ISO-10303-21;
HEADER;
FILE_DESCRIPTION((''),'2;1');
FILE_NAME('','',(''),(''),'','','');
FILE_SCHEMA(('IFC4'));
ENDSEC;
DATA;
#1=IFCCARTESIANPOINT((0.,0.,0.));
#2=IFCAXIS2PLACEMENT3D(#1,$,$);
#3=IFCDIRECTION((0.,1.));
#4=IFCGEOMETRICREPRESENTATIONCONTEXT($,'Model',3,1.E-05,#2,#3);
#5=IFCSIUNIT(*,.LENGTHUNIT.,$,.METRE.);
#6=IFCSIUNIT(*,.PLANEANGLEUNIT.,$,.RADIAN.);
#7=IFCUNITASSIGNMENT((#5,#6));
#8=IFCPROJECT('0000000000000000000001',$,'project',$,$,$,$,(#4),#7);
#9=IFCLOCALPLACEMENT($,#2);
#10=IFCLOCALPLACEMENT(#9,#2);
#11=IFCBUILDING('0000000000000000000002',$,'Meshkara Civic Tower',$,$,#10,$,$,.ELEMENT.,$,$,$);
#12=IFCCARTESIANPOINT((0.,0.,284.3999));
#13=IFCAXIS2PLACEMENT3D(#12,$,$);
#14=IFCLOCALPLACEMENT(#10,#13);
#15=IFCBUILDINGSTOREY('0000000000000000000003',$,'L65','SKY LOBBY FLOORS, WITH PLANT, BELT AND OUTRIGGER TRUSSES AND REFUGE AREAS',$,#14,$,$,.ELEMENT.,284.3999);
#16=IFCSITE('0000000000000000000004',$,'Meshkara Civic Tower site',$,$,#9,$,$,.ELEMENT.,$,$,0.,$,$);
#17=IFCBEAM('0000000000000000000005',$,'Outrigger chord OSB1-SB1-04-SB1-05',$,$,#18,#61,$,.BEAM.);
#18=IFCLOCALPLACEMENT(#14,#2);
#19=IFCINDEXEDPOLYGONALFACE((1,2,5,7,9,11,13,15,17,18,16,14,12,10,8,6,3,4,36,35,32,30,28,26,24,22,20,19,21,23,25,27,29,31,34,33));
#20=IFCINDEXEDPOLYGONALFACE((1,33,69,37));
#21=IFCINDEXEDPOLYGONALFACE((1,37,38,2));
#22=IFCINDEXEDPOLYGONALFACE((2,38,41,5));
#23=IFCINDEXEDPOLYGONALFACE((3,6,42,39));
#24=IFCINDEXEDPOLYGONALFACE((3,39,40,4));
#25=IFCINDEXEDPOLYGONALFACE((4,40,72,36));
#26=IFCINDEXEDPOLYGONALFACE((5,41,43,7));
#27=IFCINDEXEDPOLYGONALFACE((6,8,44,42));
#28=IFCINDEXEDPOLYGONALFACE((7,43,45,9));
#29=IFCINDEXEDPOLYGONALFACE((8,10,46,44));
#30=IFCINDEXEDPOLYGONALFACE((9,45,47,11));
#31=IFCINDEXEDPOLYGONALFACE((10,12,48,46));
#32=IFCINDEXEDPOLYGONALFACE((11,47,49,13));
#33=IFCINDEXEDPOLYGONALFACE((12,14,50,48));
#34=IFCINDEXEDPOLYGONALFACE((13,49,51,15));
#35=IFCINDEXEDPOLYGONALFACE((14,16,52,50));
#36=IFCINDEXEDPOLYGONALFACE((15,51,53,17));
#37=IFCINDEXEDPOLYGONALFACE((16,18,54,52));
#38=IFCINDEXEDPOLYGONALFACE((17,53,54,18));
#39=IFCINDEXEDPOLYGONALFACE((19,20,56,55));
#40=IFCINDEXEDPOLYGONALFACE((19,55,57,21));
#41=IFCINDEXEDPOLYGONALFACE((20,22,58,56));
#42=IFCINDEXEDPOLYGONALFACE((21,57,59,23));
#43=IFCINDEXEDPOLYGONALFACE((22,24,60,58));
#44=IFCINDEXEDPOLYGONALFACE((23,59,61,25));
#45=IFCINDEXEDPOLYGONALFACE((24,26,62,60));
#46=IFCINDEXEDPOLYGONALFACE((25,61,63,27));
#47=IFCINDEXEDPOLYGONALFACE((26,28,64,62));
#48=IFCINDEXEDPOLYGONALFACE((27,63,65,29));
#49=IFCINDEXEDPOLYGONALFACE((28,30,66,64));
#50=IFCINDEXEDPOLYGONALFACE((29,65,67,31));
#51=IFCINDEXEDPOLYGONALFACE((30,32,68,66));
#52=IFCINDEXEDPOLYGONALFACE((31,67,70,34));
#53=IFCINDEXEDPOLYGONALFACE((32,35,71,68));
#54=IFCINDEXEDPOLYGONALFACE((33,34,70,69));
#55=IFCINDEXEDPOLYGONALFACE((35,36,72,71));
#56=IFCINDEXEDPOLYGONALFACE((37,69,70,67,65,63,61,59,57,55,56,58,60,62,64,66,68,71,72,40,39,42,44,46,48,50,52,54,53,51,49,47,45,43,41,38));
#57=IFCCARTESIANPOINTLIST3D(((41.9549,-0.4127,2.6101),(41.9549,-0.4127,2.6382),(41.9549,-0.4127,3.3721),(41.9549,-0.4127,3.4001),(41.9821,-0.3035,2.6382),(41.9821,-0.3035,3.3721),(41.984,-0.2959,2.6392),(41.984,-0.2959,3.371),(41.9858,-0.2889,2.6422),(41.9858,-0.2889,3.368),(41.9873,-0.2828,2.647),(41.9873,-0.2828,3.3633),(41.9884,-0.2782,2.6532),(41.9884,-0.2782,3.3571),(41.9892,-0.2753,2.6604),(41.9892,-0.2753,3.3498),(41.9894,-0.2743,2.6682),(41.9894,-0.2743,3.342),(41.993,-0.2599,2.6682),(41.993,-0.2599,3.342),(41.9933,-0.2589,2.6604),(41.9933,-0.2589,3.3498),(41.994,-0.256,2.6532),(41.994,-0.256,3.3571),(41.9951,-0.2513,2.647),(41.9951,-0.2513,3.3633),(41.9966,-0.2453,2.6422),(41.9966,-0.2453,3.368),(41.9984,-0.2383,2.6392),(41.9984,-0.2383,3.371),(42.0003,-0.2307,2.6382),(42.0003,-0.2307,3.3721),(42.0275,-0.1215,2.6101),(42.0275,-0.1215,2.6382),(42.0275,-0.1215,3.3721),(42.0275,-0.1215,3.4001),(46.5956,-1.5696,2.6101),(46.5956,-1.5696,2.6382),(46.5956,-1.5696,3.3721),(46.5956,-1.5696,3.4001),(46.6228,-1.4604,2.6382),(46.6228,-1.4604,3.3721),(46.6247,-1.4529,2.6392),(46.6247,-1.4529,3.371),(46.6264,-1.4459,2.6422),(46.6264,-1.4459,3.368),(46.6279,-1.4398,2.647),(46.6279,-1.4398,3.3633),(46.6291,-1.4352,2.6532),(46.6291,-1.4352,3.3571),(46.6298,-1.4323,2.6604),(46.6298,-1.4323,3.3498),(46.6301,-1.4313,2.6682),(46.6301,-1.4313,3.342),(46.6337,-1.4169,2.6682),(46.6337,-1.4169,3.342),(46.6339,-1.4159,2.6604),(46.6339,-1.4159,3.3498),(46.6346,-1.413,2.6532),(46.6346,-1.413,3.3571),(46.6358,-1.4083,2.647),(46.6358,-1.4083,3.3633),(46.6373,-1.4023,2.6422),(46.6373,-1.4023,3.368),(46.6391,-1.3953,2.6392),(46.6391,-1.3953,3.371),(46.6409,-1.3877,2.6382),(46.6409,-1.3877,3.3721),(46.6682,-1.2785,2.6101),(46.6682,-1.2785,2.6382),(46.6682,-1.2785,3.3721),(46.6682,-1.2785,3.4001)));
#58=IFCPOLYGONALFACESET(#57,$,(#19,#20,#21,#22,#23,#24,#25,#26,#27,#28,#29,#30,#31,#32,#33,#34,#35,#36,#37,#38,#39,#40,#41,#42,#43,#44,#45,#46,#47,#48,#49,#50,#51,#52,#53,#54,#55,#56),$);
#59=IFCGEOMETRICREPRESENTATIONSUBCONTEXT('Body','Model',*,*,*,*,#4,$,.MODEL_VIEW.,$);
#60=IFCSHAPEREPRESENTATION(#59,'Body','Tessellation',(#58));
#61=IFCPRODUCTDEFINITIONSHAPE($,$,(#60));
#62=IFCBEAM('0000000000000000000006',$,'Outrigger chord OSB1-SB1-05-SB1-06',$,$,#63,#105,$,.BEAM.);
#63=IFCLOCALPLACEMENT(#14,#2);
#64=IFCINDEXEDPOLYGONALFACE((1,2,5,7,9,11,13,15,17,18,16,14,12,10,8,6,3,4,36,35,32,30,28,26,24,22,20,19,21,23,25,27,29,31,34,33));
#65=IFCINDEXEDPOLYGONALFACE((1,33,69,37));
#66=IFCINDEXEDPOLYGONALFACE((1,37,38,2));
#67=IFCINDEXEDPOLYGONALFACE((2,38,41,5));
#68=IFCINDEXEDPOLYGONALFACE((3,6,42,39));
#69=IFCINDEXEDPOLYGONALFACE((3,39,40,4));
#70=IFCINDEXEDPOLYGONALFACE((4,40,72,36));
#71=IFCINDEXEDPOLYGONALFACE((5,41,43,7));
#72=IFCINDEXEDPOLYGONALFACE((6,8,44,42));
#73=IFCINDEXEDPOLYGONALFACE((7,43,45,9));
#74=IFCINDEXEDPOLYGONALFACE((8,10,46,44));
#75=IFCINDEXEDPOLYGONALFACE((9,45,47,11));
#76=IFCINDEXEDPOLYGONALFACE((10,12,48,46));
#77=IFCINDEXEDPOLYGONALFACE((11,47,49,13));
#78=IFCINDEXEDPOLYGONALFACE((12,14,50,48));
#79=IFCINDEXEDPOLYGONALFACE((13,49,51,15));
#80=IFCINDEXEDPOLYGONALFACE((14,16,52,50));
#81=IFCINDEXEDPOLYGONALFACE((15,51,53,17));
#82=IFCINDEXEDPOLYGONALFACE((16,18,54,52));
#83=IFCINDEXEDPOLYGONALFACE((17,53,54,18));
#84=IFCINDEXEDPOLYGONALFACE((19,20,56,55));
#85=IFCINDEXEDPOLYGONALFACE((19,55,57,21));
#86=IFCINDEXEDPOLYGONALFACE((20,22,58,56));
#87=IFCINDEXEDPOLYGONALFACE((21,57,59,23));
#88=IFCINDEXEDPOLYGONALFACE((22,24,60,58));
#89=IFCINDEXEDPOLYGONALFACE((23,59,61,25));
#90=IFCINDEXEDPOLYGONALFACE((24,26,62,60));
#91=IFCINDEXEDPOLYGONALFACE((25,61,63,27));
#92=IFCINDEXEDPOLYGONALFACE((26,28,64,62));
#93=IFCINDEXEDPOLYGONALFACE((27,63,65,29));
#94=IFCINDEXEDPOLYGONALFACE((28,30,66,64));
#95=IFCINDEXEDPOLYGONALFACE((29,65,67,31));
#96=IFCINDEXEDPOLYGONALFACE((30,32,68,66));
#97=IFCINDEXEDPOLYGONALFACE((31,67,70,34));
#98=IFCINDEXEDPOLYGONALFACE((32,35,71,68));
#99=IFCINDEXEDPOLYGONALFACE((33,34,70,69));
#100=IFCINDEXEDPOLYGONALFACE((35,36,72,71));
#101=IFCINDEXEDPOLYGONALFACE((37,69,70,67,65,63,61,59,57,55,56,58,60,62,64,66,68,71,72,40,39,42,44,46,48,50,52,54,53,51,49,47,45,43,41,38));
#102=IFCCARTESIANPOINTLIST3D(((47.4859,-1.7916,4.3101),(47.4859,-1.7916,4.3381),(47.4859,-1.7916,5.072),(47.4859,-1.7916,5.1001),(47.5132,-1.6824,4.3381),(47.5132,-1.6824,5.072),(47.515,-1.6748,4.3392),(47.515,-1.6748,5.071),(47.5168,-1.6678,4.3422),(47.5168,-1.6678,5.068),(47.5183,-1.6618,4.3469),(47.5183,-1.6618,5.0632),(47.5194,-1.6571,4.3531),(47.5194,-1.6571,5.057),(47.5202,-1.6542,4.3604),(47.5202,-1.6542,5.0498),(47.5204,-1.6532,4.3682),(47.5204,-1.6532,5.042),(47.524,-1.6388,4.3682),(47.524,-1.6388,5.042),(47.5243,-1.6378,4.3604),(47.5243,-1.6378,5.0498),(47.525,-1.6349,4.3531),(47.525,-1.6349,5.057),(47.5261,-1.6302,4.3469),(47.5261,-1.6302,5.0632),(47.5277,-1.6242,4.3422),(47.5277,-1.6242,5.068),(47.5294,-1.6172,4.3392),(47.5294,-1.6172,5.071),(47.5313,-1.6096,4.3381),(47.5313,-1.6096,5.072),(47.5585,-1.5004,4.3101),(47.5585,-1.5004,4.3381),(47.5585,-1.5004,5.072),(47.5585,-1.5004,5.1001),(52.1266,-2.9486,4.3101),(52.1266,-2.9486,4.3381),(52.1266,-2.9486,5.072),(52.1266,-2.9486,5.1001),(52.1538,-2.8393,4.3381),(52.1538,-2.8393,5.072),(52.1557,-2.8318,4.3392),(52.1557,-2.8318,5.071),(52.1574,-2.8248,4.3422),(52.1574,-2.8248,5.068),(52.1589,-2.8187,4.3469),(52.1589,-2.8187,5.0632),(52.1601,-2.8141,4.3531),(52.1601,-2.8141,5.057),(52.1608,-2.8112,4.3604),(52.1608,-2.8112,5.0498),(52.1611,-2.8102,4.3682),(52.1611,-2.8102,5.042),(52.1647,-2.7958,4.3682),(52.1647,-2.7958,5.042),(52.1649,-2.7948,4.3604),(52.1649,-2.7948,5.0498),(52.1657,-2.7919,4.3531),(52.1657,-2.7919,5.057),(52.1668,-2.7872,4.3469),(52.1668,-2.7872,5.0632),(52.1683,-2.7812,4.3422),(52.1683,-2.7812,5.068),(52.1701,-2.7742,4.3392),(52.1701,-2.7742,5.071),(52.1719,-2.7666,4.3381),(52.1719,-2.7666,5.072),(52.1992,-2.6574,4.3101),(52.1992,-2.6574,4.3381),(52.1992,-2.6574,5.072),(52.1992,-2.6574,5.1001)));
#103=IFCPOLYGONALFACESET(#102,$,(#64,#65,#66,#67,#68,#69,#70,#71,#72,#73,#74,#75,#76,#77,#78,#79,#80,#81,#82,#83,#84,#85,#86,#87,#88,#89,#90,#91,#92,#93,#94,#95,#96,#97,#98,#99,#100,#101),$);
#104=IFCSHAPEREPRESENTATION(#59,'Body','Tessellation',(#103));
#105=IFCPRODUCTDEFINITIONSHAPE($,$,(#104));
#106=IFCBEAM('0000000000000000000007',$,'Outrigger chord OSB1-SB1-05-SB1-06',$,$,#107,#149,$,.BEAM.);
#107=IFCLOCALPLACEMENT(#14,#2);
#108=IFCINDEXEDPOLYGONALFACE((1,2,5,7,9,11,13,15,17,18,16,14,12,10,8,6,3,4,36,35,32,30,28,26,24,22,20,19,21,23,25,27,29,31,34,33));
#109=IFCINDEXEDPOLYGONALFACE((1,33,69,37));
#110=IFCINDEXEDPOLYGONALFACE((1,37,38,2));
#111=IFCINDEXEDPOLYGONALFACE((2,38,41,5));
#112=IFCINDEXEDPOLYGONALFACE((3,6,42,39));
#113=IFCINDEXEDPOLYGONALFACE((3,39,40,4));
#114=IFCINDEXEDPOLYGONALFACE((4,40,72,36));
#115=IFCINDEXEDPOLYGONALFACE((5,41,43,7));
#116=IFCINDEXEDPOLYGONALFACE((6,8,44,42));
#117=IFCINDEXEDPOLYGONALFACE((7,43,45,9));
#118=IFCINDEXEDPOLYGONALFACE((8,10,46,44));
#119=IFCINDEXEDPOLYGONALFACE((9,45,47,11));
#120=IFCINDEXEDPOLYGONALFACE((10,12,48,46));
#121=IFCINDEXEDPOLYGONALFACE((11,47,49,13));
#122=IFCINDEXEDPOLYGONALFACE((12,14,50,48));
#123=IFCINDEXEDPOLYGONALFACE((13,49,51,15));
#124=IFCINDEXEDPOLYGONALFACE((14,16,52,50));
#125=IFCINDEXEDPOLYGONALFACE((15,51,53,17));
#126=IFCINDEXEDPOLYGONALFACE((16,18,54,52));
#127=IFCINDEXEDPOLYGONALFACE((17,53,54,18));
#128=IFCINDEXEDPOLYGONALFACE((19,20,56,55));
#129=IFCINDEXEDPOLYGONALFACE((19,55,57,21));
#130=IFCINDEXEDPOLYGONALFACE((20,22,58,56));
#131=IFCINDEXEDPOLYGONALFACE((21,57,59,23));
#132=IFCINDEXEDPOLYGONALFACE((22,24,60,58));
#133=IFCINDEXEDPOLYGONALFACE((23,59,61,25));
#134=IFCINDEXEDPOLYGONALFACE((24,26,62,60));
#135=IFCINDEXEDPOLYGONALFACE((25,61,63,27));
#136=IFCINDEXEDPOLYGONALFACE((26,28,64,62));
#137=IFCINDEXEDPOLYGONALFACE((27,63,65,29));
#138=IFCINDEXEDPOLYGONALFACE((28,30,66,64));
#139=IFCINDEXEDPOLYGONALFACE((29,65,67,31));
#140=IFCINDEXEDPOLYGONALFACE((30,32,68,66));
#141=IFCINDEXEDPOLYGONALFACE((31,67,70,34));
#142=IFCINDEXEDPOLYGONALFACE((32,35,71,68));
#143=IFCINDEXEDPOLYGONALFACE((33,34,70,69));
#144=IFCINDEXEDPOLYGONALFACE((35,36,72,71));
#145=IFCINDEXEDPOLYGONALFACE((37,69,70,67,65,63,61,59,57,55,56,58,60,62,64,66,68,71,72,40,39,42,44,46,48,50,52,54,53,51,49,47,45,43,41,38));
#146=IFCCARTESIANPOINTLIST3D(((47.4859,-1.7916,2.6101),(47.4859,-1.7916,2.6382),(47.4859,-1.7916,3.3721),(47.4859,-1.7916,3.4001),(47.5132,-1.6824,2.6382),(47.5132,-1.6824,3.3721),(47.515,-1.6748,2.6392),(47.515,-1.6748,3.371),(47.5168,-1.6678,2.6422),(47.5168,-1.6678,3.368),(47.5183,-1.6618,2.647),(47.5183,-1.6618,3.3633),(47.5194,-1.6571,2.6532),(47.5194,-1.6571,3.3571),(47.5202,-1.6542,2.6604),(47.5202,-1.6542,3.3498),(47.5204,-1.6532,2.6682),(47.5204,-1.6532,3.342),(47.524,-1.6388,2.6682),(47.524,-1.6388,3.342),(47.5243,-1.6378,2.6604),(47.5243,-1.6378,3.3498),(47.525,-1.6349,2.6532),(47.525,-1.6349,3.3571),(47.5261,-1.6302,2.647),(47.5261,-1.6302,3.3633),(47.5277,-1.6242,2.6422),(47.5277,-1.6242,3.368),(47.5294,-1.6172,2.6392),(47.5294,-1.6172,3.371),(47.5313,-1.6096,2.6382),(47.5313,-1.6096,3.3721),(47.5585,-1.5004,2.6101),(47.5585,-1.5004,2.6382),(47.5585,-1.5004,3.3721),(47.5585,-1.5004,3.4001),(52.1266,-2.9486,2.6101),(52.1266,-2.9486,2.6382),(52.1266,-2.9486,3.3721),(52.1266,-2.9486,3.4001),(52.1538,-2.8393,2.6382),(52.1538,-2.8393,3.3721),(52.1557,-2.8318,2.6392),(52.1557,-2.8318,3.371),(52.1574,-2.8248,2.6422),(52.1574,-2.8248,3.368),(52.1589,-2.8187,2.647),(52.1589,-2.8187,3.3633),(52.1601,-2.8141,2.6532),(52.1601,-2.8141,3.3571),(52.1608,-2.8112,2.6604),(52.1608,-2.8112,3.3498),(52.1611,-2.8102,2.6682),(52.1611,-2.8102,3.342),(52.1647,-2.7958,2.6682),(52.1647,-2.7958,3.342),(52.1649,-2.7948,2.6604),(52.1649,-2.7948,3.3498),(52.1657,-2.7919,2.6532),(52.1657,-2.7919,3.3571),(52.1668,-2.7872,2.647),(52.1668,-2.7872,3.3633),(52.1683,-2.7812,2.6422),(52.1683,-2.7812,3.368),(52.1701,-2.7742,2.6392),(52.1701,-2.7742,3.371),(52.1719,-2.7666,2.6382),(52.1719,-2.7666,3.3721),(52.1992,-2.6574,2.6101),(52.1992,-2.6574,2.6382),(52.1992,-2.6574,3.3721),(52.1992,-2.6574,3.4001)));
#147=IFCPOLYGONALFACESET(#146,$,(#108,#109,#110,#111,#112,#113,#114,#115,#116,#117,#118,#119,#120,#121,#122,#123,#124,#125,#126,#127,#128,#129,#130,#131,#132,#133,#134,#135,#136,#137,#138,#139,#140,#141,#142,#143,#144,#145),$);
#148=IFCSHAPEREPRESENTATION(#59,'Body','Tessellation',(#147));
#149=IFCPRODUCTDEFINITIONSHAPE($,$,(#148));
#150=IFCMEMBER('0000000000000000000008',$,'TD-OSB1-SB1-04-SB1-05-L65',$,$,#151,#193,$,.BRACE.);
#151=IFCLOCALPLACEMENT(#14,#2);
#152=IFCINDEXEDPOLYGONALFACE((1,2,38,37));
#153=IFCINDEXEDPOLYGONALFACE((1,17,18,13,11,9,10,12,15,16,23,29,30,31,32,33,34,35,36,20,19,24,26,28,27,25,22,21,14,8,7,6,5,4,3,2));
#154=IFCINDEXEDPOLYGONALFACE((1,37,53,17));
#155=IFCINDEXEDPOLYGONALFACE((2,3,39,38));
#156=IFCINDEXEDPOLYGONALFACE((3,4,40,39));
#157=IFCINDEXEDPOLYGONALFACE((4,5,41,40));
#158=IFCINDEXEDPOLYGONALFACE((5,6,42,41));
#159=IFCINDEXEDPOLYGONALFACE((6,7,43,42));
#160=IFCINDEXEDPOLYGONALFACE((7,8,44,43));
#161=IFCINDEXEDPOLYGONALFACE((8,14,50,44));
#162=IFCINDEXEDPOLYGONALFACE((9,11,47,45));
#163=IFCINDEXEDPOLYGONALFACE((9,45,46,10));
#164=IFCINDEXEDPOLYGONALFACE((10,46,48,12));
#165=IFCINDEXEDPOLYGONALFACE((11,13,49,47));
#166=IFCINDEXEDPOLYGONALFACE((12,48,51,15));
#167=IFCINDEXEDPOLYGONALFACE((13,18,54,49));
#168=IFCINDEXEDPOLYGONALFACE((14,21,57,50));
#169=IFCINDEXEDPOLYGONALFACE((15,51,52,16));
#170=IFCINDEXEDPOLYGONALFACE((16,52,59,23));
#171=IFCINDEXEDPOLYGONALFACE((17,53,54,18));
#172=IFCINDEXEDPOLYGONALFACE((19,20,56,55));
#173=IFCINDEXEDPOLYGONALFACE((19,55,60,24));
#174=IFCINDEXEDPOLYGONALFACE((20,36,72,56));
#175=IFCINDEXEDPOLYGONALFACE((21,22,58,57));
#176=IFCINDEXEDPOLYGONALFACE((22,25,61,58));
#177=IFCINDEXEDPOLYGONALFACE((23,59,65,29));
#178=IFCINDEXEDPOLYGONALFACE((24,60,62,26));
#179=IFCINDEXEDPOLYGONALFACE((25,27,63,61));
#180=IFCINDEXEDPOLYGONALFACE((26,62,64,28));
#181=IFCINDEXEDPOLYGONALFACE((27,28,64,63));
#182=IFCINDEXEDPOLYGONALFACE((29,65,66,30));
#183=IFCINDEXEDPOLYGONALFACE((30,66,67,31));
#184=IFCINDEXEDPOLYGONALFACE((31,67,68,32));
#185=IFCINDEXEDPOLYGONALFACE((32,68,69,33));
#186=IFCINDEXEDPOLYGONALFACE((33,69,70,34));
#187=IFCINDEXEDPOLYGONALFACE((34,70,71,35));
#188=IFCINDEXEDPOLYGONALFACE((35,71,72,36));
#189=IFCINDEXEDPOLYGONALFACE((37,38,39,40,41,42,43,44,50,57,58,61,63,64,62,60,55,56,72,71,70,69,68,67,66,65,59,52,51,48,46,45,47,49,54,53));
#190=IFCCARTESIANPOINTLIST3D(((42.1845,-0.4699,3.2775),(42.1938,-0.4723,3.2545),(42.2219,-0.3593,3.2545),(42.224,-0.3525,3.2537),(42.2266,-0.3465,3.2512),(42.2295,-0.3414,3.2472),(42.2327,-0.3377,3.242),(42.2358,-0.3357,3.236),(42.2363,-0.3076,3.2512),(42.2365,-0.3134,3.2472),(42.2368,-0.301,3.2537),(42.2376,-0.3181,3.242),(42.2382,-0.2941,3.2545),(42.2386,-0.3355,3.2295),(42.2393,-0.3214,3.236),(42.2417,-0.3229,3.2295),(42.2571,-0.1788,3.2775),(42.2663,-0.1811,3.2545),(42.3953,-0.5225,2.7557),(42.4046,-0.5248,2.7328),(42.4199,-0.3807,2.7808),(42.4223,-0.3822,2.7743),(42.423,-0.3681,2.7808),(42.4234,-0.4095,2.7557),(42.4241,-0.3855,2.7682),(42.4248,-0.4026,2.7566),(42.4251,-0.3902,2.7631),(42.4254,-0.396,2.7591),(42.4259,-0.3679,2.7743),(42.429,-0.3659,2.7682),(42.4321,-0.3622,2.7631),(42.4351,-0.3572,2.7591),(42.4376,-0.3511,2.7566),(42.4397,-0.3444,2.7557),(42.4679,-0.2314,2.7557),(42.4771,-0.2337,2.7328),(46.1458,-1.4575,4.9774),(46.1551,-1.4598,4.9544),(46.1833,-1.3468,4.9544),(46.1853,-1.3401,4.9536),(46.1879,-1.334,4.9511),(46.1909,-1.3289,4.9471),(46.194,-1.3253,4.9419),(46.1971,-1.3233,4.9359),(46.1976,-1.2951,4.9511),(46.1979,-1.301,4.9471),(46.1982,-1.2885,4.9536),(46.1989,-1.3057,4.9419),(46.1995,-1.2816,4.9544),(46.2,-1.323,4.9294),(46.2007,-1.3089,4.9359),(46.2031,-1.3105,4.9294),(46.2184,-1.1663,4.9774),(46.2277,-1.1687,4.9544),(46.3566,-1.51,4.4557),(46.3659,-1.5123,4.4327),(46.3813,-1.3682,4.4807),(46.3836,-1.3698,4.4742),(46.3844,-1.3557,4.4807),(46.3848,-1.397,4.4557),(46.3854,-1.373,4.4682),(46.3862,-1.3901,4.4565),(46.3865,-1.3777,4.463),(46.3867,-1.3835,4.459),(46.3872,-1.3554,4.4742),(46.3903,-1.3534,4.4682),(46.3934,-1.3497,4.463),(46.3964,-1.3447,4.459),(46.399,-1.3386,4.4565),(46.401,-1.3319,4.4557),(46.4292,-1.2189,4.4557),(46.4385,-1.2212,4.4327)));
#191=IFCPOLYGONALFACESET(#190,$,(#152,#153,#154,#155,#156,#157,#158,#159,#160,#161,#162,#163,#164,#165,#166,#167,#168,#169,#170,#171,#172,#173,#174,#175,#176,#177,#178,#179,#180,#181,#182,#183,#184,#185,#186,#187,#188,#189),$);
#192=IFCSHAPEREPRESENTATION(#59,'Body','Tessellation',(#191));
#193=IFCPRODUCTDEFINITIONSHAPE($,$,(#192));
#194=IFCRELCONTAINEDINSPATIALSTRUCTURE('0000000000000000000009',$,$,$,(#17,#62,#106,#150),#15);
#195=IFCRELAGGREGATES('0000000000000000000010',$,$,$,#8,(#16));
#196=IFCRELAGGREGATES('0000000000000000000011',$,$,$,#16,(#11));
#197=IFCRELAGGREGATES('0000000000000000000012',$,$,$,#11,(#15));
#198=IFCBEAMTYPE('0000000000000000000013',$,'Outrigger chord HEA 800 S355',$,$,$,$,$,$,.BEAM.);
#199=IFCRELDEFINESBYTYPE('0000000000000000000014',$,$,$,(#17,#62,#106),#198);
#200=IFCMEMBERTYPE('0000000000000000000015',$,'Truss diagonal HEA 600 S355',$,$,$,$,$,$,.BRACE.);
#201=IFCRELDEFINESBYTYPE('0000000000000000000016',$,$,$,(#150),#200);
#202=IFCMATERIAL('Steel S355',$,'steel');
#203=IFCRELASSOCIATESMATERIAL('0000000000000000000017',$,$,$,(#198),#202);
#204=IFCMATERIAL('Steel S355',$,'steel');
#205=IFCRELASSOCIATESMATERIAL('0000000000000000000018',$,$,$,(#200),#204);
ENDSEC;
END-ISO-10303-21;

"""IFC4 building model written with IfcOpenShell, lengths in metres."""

from ifc_helpers import new_model, si_unit, direction, frame, origin, origin_2d, place, context, subcontext, project, spatial, i_section, extrude, material, material_profile, profile_set, type_object, element, save


model = new_model("IFC4")

# Units and contexts
model_context = context("Model", 3, precision=1e-05, world=origin(), true_north=direction((0.0, 1.0)))
body_context = subcontext(model_context, "Body", "Model", "MODEL_VIEW")
ifc_project = project(units=[si_unit("LENGTHUNIT", "METRE"), si_unit("PLANEANGLEUNIT", "RADIAN")], contexts=[model_context])

# Site, building, storey
site_placement = place(None, origin())
site = spatial("IfcSite", under=ifc_project, at=site_placement, Name="Meshkara Civic Tower site", CompositionType="ELEMENT", RefElevation=0.0)
building_placement = place(site_placement, origin())
building = spatial("IfcBuilding", under=site, at=building_placement, Name="Meshkara Civic Tower", CompositionType="ELEMENT")
storey_placement = place(building_placement, frame((0.0, 0.0, 284.3999)))
storey = spatial("IfcBuildingStorey", under=building, at=storey_placement, Name="L65", Description="SKY LOBBY FLOORS, WITH PLANT, BELT AND OUTRIGGER TRUSSES AND REFUGE AREAS", CompositionType="ELEMENT", Elevation=284.3999)

# Beams
ifc_material_1 = material(Name="Steel S355", Category="steel")
ifc_material_profile_1 = material_profile(ifc_material_1, i_section(OverallWidth=0.3, OverallDepth=0.79, WebThickness=0.0149, FlangeThickness=0.0281, FilletRadius=0.03, at=origin_2d()))
ifc_profile_set_1 = profile_set([ifc_material_profile_1], Name="Steel S355")
beam_type_1 = type_object("IfcBeamType", Name="Outrigger chord HEA 800 S355", PredefinedType="BEAM", material=ifc_profile_set_1)
for number, where, z_axis, x_axis, name in (
    (1, (41.9912, -0.2671, 3.0051), (0.970298, -0.241911, 0.0), (0.241911, 0.970298, 0.0), "Outrigger chord OSB1-SB1-04-SB1-05"),
    (2, (47.5222, -1.646, 4.7051), (0.970298, -0.241911, 0.0), (0.241911, 0.970298, 0.0), "Outrigger chord OSB1-SB1-05-SB1-06"),
    (3, (47.5222, -1.646, 3.0051), (0.970298, -0.241911, 0.0), (0.241911, 0.970298, 0.0), "Outrigger chord OSB1-SB1-05-SB1-06"),
):
    element("IfcBeam", number, at=place(storey_placement, frame(where, z_axis=z_axis, x_axis=x_axis)), inside=storey, type_object=beam_type_1, Name=name, PredefinedType="BEAM", context=body_context, shape_type="SweptSolid", body=[
        extrude(i_section(OverallWidth=0.3, OverallDepth=0.79, WebThickness=0.0149, FlangeThickness=0.0281, FilletRadius=0.03, at=origin_2d()), origin(), (0.0, 0.0, 1.0), 4.7827),
    ])

# Member
ifc_material_2 = material(Name="Steel S355", Category="steel")
ifc_material_profile_2 = material_profile(ifc_material_2, i_section(OverallWidth=0.3, OverallDepth=0.5901, WebThickness=0.0129, FlangeThickness=0.0249, FilletRadius=0.0271, at=origin_2d()))
ifc_profile_set_2 = profile_set([ifc_material_profile_2], Name="Steel S355")
member_type = type_object("IfcMemberType", Name="Truss diagonal HEA 600 S355", PredefinedType="BRACE", material=ifc_profile_set_2)
for number, where, z_axis, x_axis, name in (
    (4, (42.3308, -0.3518, 3.0051), (0.895756, -0.223304, 0.384392), (0.241888, 0.970304, 0.0), "TD-OSB1-SB1-04-SB1-05-L65"),
):
    element("IfcMember", number, at=place(storey_placement, frame(where, z_axis=z_axis, x_axis=x_axis)), inside=storey, type_object=member_type, Name=name, PredefinedType="BRACE", context=body_context, shape_type="SweptSolid", body=[
        extrude(i_section(OverallWidth=0.3, OverallDepth=0.5901, WebThickness=0.0129, FlangeThickness=0.0249, FilletRadius=0.0271, at=origin_2d()), origin(), (0.0, 0.0, 1.0), 4.4224),
    ])

save(model, "model.ifc")
